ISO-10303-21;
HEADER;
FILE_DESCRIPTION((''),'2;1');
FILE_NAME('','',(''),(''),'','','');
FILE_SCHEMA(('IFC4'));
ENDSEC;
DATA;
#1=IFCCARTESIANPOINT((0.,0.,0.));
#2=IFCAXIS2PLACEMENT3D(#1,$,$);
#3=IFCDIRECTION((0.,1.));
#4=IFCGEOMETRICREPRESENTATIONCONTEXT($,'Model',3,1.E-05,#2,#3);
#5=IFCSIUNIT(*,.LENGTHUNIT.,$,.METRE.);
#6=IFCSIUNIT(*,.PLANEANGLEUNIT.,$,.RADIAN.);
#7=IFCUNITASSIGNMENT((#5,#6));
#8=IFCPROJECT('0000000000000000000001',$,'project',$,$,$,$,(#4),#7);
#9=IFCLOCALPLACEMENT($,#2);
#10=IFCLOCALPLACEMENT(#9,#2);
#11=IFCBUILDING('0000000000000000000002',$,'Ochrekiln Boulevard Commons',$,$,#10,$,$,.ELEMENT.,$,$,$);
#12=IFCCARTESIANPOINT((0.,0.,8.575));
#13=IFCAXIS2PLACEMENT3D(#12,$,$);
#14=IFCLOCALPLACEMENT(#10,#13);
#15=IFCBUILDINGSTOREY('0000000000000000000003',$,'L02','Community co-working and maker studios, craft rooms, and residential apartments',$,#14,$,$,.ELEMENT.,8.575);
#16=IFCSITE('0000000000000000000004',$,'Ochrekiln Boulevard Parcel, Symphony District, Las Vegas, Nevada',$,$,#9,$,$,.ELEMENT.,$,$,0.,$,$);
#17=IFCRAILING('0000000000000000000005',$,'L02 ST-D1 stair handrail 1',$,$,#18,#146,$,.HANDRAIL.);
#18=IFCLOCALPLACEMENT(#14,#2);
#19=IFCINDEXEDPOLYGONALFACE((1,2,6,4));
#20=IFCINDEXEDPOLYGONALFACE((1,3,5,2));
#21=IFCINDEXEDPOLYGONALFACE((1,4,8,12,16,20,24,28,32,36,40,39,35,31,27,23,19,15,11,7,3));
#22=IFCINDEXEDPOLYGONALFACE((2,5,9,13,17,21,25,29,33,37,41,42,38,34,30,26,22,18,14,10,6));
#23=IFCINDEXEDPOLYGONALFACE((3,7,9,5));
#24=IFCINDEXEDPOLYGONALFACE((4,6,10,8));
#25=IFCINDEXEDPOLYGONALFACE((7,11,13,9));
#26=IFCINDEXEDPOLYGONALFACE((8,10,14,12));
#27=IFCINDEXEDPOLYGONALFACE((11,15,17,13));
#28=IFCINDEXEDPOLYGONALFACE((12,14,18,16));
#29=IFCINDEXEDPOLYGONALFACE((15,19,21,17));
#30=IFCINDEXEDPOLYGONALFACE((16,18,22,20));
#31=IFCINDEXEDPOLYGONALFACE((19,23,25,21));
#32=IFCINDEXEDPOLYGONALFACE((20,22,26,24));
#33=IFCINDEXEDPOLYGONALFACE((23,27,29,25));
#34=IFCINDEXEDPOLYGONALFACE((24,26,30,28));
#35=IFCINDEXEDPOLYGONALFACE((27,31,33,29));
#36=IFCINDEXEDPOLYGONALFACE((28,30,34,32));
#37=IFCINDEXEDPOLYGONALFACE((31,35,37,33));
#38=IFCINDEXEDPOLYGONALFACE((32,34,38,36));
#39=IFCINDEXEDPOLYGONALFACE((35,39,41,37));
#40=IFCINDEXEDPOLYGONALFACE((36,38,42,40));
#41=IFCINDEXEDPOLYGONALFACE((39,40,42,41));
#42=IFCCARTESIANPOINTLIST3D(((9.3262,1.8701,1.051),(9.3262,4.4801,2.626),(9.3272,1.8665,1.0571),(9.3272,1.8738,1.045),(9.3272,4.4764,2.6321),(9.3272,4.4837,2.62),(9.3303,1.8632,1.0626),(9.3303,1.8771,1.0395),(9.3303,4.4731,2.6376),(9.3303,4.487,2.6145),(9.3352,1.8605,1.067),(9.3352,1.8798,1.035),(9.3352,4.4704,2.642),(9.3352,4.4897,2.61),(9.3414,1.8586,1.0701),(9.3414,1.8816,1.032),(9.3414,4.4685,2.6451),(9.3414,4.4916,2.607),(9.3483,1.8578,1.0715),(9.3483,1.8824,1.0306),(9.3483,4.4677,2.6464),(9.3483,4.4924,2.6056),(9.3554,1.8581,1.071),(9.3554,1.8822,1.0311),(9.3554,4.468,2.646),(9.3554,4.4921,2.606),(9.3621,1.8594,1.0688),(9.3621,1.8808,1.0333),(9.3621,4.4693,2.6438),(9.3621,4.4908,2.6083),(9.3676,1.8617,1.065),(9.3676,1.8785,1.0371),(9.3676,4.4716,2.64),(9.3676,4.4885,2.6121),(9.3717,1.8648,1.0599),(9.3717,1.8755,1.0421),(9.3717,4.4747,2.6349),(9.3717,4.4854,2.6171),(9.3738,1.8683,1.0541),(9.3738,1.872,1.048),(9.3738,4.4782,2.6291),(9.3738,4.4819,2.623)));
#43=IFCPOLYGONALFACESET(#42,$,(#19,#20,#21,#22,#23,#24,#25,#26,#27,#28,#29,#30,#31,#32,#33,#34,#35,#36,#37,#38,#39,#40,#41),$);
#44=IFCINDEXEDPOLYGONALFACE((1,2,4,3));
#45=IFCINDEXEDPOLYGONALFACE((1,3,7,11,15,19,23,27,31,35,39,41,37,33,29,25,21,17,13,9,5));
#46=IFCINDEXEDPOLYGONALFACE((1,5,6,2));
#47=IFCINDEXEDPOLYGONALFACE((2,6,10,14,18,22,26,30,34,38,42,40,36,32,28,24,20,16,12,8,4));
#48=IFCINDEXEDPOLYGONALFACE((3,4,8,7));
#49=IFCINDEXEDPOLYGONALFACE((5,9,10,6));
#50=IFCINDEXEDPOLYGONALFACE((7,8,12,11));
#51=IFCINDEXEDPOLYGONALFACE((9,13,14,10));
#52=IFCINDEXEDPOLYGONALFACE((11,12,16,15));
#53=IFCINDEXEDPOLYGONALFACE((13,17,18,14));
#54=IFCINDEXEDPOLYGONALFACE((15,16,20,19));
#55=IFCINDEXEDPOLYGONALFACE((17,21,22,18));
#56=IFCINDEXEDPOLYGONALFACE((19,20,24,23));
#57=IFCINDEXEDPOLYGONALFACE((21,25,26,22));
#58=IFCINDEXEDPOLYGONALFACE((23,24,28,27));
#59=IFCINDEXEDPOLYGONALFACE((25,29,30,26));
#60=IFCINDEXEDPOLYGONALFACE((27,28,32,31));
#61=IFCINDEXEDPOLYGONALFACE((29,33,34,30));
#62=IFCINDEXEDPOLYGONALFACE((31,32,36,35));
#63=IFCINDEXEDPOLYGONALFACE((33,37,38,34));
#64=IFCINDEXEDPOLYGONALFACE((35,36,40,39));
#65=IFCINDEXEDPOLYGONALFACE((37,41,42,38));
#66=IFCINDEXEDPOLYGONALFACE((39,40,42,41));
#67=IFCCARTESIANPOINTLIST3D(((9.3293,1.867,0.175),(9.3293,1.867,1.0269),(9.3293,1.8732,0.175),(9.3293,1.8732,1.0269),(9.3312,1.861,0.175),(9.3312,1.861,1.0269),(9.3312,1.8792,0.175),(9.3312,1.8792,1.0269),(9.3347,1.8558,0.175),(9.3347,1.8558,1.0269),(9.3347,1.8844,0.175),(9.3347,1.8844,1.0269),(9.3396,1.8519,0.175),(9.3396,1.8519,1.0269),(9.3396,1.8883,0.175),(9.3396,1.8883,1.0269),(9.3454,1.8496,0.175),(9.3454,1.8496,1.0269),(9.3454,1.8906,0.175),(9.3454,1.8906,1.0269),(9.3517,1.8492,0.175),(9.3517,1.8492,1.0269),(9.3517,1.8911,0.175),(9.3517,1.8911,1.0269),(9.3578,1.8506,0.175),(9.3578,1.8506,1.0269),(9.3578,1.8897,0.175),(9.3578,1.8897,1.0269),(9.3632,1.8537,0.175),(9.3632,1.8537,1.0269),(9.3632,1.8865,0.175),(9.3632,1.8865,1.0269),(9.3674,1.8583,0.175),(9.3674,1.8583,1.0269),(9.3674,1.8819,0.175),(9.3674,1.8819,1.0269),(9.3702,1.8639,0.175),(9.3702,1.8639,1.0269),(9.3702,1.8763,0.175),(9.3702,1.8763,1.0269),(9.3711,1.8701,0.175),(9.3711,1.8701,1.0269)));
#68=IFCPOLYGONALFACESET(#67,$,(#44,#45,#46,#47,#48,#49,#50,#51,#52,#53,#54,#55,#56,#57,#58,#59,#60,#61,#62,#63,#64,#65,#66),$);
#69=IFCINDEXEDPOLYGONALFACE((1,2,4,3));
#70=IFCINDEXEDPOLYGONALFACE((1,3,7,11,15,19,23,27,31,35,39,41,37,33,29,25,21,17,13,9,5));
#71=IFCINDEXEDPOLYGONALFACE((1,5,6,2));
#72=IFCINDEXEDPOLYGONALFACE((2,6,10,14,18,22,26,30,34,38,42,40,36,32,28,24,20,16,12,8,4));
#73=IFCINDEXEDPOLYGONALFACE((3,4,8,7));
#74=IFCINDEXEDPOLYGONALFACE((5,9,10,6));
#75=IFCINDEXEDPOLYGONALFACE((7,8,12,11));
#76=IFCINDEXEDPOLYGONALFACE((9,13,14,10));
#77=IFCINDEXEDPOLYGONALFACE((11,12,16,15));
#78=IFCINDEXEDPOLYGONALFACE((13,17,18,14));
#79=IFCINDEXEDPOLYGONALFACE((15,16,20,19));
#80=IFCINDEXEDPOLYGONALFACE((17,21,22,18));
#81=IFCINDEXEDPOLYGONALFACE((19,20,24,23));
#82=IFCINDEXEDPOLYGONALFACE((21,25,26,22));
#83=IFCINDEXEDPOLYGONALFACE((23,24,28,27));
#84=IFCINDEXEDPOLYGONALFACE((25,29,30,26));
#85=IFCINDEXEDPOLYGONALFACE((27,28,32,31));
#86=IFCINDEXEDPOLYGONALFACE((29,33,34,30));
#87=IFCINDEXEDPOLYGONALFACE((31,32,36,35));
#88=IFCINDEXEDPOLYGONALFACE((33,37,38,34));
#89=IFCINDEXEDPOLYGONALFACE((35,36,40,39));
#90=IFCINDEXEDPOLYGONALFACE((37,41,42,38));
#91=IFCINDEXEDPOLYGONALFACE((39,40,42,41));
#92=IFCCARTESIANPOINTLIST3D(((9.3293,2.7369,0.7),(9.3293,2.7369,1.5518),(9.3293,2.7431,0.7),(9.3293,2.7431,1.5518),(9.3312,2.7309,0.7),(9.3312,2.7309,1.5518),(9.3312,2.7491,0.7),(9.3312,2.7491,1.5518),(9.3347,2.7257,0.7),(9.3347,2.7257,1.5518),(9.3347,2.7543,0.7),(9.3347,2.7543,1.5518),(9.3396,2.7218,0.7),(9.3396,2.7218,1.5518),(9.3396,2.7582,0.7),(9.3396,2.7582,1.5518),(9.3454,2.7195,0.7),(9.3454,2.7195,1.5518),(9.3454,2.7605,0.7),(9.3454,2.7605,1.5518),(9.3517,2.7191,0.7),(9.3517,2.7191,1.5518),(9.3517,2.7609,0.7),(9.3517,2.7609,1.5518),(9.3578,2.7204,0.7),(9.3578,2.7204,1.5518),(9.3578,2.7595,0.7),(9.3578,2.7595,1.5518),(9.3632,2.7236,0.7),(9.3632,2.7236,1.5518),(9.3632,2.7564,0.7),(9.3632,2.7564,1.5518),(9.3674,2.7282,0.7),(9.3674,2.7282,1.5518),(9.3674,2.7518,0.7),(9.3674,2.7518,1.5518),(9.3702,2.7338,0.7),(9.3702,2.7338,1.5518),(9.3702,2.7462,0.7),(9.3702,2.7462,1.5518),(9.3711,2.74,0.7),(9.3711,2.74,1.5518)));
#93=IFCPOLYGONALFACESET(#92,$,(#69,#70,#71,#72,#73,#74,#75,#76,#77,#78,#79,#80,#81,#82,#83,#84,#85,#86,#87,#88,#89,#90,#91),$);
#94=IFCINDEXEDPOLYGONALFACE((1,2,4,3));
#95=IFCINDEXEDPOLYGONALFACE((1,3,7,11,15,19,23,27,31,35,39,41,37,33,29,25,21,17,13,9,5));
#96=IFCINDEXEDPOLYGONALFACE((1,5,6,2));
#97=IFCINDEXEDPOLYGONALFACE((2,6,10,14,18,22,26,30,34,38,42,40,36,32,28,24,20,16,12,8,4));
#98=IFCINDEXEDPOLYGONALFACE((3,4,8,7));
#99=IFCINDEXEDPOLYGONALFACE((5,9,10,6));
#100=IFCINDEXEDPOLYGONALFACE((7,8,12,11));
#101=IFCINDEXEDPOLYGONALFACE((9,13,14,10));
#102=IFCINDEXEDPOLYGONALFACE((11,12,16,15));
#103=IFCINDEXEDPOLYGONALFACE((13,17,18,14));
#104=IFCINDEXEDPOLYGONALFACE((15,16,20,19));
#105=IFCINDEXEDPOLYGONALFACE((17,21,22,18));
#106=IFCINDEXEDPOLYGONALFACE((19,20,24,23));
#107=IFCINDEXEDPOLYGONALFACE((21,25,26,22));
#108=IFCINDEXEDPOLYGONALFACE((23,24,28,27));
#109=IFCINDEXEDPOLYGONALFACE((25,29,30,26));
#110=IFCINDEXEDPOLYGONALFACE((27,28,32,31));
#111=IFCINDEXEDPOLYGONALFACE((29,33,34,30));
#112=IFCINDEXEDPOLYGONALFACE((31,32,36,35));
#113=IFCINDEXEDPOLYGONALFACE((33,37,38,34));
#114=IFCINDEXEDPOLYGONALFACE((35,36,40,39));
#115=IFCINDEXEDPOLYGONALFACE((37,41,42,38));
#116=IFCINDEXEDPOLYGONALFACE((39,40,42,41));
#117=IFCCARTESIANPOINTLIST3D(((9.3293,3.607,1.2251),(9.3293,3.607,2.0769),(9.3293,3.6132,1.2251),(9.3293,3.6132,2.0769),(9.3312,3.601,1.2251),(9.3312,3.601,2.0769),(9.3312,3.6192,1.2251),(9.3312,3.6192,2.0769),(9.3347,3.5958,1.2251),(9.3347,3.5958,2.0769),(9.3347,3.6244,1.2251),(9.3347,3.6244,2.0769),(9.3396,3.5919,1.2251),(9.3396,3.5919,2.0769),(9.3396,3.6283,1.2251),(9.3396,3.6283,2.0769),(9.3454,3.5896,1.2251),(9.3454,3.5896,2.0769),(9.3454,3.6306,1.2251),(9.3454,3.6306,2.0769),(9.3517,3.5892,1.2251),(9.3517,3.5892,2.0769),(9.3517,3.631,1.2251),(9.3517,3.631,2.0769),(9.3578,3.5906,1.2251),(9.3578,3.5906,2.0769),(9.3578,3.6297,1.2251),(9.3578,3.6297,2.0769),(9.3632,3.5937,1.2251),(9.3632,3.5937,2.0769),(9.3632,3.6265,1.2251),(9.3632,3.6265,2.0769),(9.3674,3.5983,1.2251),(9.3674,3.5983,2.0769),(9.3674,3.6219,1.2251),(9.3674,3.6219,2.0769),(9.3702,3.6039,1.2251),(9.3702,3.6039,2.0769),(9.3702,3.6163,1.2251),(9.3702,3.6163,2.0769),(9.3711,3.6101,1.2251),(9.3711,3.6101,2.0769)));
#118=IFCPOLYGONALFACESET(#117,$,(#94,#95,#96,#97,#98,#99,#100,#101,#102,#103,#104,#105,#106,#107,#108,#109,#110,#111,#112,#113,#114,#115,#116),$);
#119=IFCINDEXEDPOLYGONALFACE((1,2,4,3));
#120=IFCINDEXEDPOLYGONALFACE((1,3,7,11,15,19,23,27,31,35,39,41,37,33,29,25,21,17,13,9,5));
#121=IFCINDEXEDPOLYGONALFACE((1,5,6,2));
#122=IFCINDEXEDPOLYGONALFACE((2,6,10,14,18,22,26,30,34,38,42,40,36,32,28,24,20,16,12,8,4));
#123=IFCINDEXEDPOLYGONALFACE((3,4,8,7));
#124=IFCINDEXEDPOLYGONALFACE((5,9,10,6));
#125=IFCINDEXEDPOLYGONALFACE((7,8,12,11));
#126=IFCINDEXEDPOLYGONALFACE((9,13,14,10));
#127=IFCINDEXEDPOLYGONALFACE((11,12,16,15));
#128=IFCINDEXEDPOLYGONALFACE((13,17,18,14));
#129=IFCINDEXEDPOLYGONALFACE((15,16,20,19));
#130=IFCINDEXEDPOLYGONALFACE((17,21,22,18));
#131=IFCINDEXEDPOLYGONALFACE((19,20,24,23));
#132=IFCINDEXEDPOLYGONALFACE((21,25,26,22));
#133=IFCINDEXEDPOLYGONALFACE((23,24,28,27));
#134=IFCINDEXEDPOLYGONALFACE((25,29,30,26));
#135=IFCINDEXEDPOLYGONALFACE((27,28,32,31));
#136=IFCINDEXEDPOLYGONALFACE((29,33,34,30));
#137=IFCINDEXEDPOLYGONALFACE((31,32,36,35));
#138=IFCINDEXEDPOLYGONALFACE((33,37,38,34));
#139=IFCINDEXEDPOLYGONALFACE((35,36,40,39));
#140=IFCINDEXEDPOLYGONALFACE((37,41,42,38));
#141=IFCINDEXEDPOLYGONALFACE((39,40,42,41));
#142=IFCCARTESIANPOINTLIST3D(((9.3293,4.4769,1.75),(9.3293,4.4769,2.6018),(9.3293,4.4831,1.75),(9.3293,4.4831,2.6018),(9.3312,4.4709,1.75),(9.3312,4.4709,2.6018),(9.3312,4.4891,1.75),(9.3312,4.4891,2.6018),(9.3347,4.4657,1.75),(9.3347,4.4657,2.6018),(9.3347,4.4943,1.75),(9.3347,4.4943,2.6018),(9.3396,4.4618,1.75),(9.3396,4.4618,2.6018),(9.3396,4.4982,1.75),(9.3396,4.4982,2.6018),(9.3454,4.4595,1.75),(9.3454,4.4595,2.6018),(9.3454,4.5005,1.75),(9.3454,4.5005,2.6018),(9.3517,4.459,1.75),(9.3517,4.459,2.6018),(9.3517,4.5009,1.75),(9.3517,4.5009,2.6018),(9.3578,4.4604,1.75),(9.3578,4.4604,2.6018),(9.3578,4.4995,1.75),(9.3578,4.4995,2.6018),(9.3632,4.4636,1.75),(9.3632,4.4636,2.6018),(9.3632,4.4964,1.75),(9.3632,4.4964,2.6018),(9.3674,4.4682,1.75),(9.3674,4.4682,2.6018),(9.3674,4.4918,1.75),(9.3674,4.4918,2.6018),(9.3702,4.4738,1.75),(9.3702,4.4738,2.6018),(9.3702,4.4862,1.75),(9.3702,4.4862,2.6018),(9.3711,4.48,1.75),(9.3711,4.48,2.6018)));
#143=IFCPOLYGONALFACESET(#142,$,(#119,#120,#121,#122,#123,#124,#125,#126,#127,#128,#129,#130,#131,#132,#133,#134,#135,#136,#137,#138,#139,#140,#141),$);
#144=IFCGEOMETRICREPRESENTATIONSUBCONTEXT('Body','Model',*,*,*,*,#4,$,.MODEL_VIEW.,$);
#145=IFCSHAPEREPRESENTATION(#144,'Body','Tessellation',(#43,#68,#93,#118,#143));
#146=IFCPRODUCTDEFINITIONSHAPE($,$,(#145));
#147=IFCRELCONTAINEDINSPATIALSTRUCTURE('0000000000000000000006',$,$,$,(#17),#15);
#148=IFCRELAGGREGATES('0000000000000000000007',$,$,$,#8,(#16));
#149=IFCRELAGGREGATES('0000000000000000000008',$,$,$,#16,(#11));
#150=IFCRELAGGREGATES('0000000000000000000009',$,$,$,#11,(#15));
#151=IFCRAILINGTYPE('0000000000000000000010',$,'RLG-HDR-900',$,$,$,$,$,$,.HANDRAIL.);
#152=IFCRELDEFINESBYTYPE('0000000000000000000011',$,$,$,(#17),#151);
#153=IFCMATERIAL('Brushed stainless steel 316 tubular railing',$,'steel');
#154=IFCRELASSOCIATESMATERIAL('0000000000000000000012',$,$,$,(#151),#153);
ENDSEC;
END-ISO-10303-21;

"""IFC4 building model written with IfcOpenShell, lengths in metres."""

from ifc_helpers import new_model, si_unit, direction, frame, origin, origin_2d, place, context, subcontext, project, spatial, circle, extrude, material, type_object, element, save


model = new_model("IFC4")

# Units and contexts
model_context = context("Model", 3, precision=1e-05, world=origin(), true_north=direction((0.0, 1.0)))
body_context = subcontext(model_context, "Body", "Model", "MODEL_VIEW")
ifc_project = project(units=[si_unit("LENGTHUNIT", "METRE"), si_unit("PLANEANGLEUNIT", "RADIAN")], contexts=[model_context])

# Site, building, storey
site_placement = place(None, origin())
site = spatial("IfcSite", under=ifc_project, at=site_placement, Name="Ochrekiln Boulevard Parcel, Symphony District, Las Vegas, Nevada", CompositionType="ELEMENT", RefElevation=0.0)
building_placement = place(site_placement, origin())
building = spatial("IfcBuilding", under=site, at=building_placement, Name="Ochrekiln Boulevard Commons", CompositionType="ELEMENT")
storey_placement = place(building_placement, frame((0.0, 0.0, 8.575)))
storey = spatial("IfcBuildingStorey", under=building, at=storey_placement, Name="L02", Description="Community co-working and maker studios, craft rooms, and residential apartments", CompositionType="ELEMENT", Elevation=8.575)

# Railing
ifc_material_1 = material(Name="Brushed stainless steel 316 tubular railing", Category="steel")
railing_type_1 = type_object("IfcRailingType", Name="RLG-HDR-900", PredefinedType="HANDRAIL", material=ifc_material_1)
railing_1_placement = place(storey_placement, frame((9.3501, 1.8701, 0.175)))
element("IfcRailing", 1, at=railing_1_placement, inside=storey, type_object=railing_type_1, Name="L02 ST-D1 stair handrail 1", PredefinedType="HANDRAIL", context=body_context, shape_type="SweptSolid", body=[
    extrude(circle(Radius=0.0239, at=origin_2d()), frame((0.0, 0.0, 0.876), z_axis=(0.0, 0.856183, 0.516673), x_axis=(-1.0, 0.0, 0.0)), (0.0, 0.0, 1.0), 3.0483),
    extrude(circle(Radius=0.021, at=origin_2d()), origin(), (0.0, 0.0, 1.0), 0.8518),
    extrude(circle(Radius=0.021, at=origin_2d()), frame((0.0, 0.8699, 0.5249)), (0.0, 0.0, 1.0), 0.8518),
    extrude(circle(Radius=0.021, at=origin_2d()), frame((0.0, 1.74, 1.05)), (0.0, 0.0, 1.0), 0.8518),
    extrude(circle(Radius=0.021, at=origin_2d()), frame((0.0, 2.6099, 1.575)), (0.0, 0.0, 1.0), 0.8518),
])

save(model, "model.ifc")
